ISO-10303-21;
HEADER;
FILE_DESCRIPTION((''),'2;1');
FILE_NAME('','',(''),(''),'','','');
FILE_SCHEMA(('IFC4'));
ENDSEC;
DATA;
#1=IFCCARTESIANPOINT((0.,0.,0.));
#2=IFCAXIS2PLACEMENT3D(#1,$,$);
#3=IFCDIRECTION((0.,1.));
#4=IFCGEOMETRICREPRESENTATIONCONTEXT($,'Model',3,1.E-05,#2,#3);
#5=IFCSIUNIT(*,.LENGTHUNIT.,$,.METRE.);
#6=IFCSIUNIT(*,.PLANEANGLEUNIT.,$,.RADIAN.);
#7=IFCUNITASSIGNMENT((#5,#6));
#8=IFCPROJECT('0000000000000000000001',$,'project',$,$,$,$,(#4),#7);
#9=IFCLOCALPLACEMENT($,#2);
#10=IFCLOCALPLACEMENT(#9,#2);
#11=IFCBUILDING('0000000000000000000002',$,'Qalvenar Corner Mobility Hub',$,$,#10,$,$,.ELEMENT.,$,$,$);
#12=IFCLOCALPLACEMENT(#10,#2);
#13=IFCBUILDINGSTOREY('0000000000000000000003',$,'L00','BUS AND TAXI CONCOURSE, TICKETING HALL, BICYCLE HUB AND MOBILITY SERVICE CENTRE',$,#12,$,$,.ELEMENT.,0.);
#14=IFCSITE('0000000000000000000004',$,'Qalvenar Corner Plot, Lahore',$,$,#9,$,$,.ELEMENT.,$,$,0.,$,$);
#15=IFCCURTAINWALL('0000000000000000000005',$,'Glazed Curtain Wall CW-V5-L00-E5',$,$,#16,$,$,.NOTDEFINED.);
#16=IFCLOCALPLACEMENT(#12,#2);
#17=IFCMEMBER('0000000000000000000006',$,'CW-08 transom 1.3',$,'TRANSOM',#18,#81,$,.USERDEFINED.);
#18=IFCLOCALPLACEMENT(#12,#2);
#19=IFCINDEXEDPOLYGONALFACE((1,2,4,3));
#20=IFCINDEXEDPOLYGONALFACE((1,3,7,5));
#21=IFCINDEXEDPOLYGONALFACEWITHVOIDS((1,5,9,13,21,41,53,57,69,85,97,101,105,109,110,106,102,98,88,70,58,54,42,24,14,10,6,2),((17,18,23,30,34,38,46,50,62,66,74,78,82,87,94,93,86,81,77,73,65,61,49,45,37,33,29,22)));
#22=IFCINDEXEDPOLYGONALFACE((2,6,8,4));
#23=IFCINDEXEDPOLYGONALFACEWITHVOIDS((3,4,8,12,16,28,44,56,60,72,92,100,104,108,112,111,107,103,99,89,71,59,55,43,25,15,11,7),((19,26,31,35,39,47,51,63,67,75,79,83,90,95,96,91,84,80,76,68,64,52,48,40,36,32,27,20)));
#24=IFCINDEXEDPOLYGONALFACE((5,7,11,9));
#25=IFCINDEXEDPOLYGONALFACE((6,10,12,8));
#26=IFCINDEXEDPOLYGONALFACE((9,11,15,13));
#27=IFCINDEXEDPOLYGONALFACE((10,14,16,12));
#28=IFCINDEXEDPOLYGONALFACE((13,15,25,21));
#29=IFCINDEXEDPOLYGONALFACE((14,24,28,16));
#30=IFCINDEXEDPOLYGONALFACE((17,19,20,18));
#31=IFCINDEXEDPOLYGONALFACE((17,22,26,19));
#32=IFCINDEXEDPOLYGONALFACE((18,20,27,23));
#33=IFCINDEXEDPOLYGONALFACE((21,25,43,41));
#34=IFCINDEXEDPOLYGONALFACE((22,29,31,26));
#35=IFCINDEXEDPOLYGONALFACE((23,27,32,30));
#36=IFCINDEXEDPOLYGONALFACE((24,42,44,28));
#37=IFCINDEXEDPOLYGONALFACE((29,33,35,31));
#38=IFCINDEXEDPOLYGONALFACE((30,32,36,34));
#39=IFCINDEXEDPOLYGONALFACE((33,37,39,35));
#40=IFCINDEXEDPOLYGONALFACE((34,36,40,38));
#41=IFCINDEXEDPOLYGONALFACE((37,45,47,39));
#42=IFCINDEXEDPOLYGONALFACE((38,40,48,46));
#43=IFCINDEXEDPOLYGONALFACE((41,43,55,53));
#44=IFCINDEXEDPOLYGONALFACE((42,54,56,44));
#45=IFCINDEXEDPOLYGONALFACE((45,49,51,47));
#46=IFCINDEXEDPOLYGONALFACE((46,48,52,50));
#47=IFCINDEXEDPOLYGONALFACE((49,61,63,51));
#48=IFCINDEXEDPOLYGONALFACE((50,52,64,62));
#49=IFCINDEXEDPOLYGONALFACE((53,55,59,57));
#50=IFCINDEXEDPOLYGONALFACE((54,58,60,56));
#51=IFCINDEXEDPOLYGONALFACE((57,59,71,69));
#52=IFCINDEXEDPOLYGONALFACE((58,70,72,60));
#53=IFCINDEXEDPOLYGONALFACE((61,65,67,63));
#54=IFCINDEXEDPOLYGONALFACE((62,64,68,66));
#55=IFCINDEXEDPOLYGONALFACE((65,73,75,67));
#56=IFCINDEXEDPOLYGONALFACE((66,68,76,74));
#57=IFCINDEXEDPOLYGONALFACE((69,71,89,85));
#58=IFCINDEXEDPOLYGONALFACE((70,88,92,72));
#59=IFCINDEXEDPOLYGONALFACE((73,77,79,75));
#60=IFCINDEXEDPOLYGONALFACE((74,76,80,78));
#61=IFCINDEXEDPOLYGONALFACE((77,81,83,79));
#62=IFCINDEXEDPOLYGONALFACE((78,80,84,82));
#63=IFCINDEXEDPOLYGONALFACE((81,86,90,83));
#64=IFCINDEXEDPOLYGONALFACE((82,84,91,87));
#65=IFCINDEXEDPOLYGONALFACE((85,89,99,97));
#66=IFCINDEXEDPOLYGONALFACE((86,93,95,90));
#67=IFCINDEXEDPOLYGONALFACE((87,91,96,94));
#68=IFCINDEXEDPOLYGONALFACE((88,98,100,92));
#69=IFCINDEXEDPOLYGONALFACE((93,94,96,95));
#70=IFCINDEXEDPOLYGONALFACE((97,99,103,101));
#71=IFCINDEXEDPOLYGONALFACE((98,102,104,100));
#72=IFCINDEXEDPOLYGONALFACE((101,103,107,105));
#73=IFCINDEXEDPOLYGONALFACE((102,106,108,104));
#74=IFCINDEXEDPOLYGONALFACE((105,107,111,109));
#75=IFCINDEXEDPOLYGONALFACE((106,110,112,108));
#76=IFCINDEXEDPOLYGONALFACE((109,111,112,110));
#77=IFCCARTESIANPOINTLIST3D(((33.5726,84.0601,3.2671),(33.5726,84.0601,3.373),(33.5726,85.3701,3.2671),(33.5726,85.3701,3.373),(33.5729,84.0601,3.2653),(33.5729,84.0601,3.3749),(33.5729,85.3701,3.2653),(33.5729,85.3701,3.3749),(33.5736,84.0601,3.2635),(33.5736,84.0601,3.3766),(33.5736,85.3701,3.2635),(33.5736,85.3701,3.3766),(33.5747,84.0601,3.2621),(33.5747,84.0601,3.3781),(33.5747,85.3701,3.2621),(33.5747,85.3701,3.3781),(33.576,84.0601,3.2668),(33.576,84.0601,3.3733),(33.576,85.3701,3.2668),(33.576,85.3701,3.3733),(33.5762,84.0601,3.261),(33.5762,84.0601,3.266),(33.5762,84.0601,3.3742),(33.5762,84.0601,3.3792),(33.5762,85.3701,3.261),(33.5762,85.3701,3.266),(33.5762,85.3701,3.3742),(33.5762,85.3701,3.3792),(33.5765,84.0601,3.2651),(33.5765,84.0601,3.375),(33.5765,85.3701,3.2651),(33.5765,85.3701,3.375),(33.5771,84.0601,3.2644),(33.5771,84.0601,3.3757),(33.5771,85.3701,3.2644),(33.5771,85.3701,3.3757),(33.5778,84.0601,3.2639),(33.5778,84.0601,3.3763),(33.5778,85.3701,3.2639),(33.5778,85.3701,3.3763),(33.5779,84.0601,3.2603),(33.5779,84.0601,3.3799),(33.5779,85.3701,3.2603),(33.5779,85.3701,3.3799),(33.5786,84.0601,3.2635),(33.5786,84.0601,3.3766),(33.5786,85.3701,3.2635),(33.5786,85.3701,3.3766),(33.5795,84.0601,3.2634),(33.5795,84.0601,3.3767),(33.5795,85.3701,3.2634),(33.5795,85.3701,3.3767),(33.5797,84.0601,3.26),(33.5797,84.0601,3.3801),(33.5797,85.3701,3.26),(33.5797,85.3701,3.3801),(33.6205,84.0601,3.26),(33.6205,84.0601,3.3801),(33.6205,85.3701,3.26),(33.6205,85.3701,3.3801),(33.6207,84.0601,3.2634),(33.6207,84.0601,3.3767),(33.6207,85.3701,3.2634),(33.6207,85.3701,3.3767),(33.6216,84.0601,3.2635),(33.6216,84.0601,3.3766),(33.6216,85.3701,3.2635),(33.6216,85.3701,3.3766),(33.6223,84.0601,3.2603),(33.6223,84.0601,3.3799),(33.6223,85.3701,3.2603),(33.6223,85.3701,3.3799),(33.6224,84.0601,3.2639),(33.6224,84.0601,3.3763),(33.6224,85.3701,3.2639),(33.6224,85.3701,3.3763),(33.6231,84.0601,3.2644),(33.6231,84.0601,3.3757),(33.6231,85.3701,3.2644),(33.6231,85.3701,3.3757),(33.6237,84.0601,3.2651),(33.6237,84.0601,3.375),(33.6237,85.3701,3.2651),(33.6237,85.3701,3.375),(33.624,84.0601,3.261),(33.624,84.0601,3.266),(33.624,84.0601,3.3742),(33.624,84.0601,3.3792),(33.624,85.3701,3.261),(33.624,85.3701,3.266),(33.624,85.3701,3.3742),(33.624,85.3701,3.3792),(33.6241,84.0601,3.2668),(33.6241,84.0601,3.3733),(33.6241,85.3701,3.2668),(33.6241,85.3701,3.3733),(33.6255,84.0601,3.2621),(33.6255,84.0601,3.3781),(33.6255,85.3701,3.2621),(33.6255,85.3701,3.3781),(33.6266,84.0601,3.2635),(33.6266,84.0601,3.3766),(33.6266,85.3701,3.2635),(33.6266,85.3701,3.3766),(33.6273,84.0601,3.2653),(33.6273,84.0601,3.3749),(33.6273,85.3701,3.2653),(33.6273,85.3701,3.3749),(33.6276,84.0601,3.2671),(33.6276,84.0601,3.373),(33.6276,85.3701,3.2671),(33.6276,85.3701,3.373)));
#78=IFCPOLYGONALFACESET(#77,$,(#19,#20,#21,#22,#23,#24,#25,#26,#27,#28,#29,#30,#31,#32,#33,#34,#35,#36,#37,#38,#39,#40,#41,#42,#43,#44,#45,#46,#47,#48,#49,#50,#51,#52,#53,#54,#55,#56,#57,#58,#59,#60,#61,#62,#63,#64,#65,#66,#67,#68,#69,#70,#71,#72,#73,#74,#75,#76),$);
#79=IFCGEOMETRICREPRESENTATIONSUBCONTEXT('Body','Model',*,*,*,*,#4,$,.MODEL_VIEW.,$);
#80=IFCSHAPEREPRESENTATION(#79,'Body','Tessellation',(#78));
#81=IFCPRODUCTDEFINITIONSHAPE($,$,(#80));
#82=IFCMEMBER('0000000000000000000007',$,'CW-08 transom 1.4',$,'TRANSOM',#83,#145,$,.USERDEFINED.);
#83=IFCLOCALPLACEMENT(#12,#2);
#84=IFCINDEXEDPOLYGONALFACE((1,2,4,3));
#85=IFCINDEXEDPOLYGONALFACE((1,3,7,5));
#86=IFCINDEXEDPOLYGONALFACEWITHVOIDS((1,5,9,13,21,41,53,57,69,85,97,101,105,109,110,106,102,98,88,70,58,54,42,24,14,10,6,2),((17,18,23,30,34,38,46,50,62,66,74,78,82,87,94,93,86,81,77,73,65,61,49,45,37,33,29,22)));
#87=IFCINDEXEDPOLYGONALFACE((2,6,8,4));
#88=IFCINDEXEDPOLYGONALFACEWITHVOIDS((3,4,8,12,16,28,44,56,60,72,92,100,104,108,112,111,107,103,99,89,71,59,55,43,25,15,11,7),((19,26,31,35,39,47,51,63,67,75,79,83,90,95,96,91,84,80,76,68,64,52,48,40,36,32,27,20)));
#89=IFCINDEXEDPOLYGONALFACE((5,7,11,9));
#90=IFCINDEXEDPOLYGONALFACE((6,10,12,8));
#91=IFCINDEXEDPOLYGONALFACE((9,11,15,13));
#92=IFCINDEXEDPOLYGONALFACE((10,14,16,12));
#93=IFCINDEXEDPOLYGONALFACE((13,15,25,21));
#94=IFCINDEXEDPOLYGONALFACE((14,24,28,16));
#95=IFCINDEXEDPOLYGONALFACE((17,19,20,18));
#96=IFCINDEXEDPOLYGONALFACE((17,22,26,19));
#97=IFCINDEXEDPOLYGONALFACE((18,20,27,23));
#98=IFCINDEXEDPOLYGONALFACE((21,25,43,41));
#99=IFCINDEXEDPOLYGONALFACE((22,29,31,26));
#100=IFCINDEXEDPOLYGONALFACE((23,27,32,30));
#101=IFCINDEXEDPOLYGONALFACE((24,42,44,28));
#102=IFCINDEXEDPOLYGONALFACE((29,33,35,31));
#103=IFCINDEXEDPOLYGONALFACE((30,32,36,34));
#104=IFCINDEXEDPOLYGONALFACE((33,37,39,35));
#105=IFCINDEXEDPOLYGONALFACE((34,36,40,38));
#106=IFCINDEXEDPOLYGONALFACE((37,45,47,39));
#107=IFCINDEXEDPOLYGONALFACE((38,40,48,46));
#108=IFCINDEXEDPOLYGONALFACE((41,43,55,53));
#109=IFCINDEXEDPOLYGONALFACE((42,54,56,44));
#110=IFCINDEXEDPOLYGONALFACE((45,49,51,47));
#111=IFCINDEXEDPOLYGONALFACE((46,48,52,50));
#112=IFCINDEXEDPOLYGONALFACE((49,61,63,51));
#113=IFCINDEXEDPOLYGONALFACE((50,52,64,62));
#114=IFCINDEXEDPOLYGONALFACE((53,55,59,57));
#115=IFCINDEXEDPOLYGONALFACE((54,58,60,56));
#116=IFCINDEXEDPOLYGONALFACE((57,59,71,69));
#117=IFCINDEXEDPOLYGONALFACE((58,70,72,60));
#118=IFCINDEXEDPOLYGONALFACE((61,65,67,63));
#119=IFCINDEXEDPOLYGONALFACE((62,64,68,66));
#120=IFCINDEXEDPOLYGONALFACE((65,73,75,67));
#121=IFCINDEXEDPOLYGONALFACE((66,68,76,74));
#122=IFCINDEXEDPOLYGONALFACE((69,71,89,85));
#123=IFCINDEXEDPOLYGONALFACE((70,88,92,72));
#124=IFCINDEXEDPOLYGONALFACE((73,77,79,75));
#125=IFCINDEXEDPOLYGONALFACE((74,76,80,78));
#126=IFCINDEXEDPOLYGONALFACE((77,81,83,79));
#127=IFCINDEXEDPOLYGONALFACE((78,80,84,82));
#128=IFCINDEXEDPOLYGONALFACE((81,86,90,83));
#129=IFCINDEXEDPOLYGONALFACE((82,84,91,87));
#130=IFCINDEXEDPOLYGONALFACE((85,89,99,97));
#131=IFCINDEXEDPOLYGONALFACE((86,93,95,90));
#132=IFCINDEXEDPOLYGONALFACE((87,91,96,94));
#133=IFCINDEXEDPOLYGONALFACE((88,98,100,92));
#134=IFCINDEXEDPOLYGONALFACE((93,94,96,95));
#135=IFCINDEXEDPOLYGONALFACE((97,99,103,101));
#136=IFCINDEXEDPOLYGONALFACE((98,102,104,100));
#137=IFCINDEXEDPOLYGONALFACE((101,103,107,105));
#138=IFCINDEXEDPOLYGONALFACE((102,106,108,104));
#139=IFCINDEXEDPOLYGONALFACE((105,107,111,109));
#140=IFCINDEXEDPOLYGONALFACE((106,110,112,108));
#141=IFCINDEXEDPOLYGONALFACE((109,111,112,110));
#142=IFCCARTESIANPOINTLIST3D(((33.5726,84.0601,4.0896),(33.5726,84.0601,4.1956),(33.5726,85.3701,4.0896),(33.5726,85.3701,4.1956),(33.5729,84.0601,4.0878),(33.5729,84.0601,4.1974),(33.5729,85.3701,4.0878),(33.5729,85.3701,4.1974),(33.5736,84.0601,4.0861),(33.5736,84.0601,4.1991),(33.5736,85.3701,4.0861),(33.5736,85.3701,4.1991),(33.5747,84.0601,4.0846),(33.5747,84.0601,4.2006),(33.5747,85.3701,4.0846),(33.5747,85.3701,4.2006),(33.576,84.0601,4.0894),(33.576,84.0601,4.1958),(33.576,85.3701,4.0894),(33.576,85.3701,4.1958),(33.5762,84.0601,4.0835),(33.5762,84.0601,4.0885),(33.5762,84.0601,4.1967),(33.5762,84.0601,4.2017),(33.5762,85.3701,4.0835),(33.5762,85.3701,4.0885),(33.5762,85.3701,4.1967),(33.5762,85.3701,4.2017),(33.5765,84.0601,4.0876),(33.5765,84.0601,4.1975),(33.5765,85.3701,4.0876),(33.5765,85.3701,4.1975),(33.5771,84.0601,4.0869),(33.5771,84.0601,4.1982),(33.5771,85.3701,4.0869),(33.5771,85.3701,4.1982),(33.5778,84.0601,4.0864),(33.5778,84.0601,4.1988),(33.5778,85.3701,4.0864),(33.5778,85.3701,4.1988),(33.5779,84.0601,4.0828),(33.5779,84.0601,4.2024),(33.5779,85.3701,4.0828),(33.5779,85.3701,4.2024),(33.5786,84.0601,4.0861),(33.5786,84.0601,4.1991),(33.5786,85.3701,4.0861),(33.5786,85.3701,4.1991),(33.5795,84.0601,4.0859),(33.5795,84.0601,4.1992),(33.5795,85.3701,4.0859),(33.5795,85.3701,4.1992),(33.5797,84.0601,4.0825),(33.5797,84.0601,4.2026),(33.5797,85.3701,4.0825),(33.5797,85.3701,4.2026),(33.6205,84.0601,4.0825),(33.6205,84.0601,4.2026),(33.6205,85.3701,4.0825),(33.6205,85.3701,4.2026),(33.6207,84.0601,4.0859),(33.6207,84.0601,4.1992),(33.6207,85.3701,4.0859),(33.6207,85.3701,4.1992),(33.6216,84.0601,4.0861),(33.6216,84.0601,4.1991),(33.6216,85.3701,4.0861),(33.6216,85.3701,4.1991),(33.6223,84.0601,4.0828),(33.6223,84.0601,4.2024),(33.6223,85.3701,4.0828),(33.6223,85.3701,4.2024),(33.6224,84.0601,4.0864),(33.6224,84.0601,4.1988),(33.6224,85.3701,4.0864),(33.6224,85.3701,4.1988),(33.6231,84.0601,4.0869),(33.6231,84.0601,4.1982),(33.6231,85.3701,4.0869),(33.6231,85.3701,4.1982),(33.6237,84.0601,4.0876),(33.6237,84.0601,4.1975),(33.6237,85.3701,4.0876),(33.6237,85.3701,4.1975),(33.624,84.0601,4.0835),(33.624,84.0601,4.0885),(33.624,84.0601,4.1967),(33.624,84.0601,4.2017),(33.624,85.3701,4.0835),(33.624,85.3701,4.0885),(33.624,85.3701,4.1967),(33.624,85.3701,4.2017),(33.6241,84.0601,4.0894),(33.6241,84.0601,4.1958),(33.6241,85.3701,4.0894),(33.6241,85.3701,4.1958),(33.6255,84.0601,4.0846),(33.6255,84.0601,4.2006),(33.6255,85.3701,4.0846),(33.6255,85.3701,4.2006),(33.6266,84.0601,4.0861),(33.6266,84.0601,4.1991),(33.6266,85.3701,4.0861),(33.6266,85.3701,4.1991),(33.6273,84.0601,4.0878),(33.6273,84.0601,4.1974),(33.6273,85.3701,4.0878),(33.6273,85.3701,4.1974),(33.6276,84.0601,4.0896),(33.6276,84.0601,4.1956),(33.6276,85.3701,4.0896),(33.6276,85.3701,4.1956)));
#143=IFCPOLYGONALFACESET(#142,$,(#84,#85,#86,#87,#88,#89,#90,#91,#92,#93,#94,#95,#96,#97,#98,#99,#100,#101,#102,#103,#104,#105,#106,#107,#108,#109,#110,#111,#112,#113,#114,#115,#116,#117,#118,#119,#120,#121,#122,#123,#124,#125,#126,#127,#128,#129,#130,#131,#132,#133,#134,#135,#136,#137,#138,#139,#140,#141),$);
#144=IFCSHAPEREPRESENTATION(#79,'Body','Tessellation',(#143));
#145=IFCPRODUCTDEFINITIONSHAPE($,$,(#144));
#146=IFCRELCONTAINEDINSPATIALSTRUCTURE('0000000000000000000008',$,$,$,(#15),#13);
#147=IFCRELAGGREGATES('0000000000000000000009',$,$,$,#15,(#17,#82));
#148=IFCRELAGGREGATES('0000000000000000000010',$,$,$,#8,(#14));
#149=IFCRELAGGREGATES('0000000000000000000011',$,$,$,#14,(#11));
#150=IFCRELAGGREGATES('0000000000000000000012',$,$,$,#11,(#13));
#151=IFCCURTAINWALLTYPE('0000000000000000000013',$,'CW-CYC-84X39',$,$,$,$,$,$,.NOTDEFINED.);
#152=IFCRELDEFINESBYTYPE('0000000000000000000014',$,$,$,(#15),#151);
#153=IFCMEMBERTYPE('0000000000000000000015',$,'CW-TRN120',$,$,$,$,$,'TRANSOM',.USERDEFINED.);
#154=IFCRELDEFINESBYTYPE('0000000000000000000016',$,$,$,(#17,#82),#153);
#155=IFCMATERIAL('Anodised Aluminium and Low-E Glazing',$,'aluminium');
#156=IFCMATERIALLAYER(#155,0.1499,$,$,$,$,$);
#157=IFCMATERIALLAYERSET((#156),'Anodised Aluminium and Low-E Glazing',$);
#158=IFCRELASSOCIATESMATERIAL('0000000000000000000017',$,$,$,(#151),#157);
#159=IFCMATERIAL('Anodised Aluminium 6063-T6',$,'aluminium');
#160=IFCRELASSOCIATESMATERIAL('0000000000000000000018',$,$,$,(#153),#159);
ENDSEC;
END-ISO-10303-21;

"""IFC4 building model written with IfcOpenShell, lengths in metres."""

from ifc_helpers import new_model, si_unit, direction, frame, origin, origin_2d, place, context, subcontext, project, spatial, hollow_rectangle, extrude, material, layer, layer_set, material_profile, profile_set, type_object, element, aggregate, save


model = new_model("IFC4")

# Units and contexts
model_context = context("Model", 3, precision=1e-05, world=origin(), true_north=direction((0.0, 1.0)))
body_context = subcontext(model_context, "Body", "Model", "MODEL_VIEW")
ifc_project = project(units=[si_unit("LENGTHUNIT", "METRE"), si_unit("PLANEANGLEUNIT", "RADIAN")], contexts=[model_context])

# Site, building, storey
site_placement = place(None, origin())
site = spatial("IfcSite", under=ifc_project, at=site_placement, Name="Qalvenar Corner Plot, Lahore", CompositionType="ELEMENT", RefElevation=0.0)
building_placement = place(site_placement, origin())
building = spatial("IfcBuilding", under=site, at=building_placement, Name="Qalvenar Corner Mobility Hub", CompositionType="ELEMENT")
storey_placement = place(building_placement, origin())
storey = spatial("IfcBuildingStorey", under=building, at=storey_placement, Name="L00", Description="BUS AND TAXI CONCOURSE, TICKETING HALL, BICYCLE HUB AND MOBILITY SERVICE CENTRE", CompositionType="ELEMENT", Elevation=0.0)

# Curtain wall, members
ifc_material_1 = material(Name="Anodised Aluminium and Low-E Glazing", Category="aluminium")
ifc_layer_1 = layer(ifc_material_1, 0.1499)
ifc_layer_set_1 = layer_set([ifc_layer_1], Name="Anodised Aluminium and Low-E Glazing")
curtain_wall_type = type_object("IfcCurtainWallType", Name="CW-CYC-84X39", PredefinedType="NOTDEFINED", material=ifc_layer_set_1)
curtain_wall_placement = place(storey_placement, origin())
curtain_wall = element("IfcCurtainWall", 1, at=curtain_wall_placement, inside=storey, type_object=curtain_wall_type, Name="Glazed Curtain Wall CW-V5-L00-E5", PredefinedType="NOTDEFINED")
ifc_material_2 = material(Name="Anodised Aluminium 6063-T6", Category="aluminium")
ifc_material_profile_1 = material_profile(ifc_material_2, hollow_rectangle(XDim=0.0549, YDim=0.1201, WallThickness=0.0034, InnerFilletRadius=0.0034, OuterFilletRadius=0.0071, at=origin_2d()), Name="RHS120x55x3.5")
ifc_profile_set_1 = profile_set([ifc_material_profile_1], Name="Anodised Aluminium 6063-T6")
member_type_1 = type_object("IfcMemberType", Name="CW-TRN120", ElementType="TRANSOM", PredefinedType="USERDEFINED", material=ifc_profile_set_1)
member_1_placement = place(storey_placement, frame((33.6001, 84.0601, 3.3201), z_axis=(0.0, 1.0, 0.0), x_axis=(-1.0, 0.0, 0.0)))
member_1 = element("IfcMember", 2, at=member_1_placement, type_object=member_type_1, Name="CW-08 transom 1.3", ObjectType="TRANSOM", PredefinedType="USERDEFINED", context=body_context, shape_type="SweptSolid", body=[
    extrude(hollow_rectangle(XDim=0.0549, YDim=0.1201, WallThickness=0.0034, InnerFilletRadius=0.0034, OuterFilletRadius=0.0071, at=origin_2d()), origin(), (0.0, 0.0, 1.0), 1.3101),
])
member_2_placement = place(storey_placement, frame((33.6001, 84.0601, 4.1426), z_axis=(0.0, 1.0, 0.0), x_axis=(-1.0, 0.0, 0.0)))
member_2 = element("IfcMember", 3, at=member_2_placement, type_object=member_type_1, Name="CW-08 transom 1.4", ObjectType="TRANSOM", PredefinedType="USERDEFINED", context=body_context, shape_type="SweptSolid", body=[
    extrude(hollow_rectangle(XDim=0.0549, YDim=0.1201, WallThickness=0.0034, InnerFilletRadius=0.0034, OuterFilletRadius=0.0071, at=origin_2d()), origin(), (0.0, 0.0, 1.0), 1.3101),
])
aggregate(curtain_wall, [member_1, member_2])

save(model, "model.ifc")
